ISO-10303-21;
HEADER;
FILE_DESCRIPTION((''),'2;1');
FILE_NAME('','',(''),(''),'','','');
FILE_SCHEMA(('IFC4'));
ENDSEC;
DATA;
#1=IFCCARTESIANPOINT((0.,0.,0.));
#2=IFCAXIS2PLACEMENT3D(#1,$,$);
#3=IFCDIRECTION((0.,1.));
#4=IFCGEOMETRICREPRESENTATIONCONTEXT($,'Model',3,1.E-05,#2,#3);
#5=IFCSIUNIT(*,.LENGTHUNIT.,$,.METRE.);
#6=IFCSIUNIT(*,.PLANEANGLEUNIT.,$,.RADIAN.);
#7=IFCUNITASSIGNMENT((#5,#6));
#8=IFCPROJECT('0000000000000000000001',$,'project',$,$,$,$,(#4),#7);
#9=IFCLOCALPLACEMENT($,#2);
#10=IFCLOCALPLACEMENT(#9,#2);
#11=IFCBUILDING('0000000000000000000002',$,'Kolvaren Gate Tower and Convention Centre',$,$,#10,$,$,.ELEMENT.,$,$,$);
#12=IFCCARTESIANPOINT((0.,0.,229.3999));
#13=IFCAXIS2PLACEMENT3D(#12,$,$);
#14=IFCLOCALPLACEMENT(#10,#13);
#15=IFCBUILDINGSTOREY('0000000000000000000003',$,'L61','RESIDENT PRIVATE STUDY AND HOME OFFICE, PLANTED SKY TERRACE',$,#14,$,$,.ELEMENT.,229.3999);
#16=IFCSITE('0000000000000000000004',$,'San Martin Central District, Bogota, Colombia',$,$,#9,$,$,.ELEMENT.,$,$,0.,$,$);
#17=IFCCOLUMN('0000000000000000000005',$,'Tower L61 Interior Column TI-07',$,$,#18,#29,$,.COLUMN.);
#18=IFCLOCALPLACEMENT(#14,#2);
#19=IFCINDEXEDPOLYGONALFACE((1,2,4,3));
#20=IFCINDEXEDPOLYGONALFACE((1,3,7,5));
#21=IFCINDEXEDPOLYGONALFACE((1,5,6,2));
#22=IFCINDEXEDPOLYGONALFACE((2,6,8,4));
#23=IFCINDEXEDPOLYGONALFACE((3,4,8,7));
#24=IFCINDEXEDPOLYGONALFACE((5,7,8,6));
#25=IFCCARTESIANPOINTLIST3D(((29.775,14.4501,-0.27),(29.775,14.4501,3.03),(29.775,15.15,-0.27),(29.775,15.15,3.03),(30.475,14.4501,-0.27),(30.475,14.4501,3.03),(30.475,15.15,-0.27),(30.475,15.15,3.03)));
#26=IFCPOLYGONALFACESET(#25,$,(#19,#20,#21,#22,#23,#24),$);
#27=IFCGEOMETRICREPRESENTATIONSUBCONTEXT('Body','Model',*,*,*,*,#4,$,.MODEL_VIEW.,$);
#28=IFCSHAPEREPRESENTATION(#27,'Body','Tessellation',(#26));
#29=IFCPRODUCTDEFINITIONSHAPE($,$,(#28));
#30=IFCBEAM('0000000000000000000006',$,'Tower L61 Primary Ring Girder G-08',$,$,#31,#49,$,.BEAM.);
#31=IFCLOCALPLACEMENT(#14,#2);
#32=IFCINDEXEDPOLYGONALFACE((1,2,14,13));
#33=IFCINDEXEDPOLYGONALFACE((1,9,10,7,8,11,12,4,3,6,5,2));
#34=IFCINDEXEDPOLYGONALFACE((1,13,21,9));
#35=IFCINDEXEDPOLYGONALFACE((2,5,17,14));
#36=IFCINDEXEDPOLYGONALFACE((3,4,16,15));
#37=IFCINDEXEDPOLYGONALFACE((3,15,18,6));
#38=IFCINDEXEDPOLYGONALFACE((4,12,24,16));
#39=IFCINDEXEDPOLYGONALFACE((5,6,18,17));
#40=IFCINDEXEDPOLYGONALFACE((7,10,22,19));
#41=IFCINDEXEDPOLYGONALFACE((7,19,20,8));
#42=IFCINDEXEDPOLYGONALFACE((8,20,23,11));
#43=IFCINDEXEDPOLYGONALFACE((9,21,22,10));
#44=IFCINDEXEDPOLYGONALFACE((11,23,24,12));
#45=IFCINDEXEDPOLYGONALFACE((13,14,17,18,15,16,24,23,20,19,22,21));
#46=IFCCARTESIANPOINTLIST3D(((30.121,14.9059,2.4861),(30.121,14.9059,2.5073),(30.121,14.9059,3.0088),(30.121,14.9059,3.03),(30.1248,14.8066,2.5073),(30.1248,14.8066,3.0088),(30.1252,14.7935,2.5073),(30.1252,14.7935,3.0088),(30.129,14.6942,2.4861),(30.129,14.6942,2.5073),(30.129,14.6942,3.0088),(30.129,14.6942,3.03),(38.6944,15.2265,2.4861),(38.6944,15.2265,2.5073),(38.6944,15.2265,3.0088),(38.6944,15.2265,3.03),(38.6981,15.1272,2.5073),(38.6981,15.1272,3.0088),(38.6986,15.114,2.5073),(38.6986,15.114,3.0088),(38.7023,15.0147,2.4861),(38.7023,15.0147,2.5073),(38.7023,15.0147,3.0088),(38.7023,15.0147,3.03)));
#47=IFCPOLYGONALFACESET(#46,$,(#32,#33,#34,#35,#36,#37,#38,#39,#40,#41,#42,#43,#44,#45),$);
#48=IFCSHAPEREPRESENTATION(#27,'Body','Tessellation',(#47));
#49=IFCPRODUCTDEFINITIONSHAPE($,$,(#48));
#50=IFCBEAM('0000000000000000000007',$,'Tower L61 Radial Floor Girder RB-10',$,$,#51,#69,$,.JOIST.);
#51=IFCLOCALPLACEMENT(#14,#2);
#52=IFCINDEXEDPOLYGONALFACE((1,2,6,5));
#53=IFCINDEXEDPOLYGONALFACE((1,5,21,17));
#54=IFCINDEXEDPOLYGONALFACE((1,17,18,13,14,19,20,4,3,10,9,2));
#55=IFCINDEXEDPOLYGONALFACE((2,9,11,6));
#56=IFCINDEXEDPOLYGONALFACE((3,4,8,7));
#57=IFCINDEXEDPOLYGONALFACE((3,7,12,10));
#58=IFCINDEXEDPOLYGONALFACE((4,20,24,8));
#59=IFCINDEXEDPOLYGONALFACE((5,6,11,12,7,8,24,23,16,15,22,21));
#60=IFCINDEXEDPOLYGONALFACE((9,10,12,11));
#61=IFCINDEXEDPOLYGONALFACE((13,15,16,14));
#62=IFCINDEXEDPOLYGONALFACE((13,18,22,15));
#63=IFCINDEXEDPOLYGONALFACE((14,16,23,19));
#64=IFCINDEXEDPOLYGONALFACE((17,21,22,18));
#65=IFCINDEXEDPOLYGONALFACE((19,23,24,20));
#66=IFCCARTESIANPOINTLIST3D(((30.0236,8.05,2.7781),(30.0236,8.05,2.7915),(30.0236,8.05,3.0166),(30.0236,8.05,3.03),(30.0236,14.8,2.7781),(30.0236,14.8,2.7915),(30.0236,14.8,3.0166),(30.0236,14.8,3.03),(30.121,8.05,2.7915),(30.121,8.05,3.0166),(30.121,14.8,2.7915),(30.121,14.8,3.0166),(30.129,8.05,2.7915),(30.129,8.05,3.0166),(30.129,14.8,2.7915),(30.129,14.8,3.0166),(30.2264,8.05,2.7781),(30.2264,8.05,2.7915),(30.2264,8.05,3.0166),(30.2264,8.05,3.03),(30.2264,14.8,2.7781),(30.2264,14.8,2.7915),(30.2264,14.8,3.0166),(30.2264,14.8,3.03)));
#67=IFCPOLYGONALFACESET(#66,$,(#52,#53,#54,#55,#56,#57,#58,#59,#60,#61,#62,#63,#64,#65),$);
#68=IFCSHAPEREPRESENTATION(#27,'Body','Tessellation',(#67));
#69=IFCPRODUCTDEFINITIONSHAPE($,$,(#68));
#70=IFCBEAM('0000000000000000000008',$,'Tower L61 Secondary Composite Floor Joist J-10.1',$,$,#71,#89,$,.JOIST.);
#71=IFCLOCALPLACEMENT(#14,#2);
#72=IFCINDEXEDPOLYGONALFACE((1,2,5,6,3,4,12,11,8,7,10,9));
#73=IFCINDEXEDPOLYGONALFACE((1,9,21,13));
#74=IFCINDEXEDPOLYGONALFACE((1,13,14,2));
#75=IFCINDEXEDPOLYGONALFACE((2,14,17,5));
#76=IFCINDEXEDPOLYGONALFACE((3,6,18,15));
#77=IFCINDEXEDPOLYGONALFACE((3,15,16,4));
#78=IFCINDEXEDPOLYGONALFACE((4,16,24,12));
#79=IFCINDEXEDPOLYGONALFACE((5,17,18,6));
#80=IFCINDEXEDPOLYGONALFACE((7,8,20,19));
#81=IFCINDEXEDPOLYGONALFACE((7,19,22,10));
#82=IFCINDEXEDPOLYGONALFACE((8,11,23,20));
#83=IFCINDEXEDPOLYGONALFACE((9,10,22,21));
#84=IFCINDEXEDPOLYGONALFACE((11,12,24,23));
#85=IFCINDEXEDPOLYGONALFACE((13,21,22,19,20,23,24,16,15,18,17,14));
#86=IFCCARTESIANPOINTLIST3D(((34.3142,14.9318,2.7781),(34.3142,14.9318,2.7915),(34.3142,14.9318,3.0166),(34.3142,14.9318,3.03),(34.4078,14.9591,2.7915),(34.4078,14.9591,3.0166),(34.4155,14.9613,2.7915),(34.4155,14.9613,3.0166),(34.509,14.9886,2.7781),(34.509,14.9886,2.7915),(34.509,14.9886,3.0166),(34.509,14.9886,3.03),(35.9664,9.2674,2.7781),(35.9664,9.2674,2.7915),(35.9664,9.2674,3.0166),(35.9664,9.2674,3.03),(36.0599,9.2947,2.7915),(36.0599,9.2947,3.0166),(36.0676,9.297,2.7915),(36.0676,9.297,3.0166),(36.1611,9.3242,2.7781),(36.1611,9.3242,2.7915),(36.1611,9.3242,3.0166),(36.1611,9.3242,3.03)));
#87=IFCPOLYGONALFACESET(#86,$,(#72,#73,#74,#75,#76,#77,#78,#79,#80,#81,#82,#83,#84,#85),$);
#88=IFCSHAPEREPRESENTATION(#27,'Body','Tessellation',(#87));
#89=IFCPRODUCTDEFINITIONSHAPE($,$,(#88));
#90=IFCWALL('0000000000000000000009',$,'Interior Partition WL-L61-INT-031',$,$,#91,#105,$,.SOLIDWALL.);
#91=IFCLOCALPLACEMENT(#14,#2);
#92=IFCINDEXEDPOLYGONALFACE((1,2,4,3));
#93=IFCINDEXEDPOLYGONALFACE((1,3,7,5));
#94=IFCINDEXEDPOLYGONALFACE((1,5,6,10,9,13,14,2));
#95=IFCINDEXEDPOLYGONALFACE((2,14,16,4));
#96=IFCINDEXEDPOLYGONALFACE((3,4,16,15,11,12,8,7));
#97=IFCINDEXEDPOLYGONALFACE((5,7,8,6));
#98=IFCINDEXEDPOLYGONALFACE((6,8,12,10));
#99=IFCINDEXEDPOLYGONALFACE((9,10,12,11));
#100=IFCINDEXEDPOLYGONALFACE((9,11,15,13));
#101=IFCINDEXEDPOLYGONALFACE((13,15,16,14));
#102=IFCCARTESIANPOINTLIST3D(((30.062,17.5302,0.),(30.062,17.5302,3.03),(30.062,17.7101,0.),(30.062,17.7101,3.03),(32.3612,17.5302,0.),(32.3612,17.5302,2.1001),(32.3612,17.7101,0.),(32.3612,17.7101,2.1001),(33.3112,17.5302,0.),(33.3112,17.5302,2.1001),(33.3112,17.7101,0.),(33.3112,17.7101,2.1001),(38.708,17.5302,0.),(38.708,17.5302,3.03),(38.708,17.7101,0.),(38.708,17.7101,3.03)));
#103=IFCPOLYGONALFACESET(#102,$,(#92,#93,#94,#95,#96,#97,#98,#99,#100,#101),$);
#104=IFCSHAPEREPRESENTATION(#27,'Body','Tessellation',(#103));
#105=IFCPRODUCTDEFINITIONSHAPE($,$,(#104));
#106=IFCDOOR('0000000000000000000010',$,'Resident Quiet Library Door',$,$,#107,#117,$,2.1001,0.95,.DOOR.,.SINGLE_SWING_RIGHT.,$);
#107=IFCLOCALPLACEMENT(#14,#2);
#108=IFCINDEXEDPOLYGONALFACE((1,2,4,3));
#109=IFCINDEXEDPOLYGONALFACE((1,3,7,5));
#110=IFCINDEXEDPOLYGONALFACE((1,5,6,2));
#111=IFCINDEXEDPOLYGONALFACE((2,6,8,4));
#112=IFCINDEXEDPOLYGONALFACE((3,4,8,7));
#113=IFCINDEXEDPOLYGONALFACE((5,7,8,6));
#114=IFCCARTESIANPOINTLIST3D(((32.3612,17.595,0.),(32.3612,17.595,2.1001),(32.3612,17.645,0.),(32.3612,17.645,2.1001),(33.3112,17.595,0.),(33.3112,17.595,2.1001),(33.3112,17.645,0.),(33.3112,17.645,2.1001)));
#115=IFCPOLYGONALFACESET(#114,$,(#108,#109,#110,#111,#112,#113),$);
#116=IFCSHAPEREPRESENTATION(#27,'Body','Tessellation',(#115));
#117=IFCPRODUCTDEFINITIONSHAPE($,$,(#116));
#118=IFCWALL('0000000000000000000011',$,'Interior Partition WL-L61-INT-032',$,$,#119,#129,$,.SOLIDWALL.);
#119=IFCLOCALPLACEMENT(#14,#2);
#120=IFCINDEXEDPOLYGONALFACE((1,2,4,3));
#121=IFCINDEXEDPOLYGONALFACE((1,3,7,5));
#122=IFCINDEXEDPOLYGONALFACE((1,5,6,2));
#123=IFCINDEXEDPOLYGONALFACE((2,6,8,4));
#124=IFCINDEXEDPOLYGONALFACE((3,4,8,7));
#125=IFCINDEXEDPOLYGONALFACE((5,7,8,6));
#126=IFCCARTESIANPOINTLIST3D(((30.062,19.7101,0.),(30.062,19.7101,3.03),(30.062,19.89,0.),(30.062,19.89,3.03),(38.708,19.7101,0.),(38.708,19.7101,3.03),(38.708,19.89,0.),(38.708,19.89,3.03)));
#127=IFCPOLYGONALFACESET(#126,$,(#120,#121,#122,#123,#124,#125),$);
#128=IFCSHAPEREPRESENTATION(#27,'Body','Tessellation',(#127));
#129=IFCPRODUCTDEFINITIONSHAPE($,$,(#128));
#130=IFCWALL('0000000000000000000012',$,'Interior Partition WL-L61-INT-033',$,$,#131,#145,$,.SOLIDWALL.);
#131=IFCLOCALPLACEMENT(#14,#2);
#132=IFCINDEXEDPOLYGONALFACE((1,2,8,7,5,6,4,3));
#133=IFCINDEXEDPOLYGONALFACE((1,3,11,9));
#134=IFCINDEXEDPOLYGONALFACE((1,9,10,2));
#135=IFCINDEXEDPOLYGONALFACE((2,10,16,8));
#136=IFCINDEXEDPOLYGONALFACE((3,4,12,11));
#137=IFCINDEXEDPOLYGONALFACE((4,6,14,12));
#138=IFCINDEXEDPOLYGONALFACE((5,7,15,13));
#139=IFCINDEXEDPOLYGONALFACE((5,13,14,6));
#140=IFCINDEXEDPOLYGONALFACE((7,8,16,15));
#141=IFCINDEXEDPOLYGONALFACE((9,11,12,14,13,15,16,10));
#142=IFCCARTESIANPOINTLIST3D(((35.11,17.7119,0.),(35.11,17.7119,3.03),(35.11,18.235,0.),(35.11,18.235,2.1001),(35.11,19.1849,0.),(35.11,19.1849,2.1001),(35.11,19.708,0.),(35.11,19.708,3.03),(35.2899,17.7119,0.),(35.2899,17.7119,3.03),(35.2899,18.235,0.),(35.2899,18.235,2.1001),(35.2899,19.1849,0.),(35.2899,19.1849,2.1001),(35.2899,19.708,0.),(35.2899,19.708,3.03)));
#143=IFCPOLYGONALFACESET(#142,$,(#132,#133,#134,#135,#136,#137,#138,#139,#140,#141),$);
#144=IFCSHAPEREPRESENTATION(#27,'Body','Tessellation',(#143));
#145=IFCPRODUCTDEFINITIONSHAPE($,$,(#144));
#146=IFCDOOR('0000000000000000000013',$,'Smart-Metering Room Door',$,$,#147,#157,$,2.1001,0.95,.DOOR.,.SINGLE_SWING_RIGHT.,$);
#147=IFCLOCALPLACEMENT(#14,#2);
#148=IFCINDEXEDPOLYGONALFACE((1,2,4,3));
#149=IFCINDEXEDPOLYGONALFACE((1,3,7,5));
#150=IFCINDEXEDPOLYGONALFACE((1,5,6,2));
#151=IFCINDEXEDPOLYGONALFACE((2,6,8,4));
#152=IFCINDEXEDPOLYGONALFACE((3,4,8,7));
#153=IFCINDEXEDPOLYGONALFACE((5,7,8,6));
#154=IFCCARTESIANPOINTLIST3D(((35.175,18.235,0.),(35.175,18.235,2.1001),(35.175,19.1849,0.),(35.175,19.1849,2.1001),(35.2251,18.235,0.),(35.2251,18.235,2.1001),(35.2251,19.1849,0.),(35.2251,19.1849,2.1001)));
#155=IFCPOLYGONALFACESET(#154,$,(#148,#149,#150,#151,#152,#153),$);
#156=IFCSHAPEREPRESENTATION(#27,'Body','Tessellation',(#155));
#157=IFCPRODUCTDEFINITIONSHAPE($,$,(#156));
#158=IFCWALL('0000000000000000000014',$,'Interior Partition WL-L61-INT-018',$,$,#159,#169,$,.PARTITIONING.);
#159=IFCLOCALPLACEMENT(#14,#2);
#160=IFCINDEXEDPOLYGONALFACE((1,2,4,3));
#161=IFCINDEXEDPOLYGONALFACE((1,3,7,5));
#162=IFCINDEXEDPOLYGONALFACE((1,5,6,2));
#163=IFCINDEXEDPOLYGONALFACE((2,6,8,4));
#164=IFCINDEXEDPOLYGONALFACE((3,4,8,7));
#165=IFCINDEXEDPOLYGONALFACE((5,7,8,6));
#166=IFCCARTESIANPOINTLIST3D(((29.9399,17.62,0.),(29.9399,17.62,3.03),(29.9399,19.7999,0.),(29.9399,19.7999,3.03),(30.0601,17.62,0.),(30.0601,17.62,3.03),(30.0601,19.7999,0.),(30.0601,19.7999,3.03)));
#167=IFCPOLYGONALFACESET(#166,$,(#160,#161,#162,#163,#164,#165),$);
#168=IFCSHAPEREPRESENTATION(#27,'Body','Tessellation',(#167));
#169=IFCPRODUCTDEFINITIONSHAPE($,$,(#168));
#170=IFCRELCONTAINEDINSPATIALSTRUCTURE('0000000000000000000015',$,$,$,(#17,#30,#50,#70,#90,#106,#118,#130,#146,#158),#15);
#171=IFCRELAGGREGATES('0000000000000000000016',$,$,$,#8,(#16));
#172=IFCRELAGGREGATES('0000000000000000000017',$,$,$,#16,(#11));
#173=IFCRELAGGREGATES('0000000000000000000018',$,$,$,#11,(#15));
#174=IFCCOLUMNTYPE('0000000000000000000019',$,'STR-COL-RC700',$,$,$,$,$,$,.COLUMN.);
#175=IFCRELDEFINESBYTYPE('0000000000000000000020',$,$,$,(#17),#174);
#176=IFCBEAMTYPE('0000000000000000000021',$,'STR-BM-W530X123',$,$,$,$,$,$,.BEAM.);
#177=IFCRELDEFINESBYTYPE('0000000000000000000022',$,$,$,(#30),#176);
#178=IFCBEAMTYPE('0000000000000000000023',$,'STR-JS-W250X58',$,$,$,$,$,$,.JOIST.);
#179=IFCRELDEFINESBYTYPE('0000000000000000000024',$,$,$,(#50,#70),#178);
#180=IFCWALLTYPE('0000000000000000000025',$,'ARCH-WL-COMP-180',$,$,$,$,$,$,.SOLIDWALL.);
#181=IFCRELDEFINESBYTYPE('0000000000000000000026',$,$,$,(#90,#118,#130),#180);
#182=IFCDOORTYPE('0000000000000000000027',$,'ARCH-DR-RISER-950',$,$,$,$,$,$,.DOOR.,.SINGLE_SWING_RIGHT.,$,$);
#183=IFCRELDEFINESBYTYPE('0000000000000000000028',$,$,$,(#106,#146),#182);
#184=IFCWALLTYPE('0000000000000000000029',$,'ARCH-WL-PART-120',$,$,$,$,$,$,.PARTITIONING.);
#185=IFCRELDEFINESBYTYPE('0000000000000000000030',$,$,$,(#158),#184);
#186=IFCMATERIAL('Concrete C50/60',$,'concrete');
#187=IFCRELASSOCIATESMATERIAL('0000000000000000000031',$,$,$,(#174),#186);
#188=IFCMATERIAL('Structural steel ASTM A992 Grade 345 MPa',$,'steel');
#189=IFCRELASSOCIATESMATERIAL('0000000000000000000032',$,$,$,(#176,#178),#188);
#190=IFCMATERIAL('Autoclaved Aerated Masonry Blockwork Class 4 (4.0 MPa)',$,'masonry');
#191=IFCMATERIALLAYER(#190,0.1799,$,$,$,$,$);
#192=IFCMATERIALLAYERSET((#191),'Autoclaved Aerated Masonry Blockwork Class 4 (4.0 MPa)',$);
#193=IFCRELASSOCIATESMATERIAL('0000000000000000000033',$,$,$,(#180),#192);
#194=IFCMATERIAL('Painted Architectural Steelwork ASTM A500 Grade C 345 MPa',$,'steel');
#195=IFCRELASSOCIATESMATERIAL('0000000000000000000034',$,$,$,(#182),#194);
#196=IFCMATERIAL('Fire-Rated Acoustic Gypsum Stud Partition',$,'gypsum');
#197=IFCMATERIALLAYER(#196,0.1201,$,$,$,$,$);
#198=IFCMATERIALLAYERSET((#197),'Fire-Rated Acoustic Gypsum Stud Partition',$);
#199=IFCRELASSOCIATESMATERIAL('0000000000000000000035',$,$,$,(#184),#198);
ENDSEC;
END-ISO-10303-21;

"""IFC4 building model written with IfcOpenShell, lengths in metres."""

from ifc_helpers import new_model, si_unit, direction, frame, frame_2d, origin, origin_2d, place, context, subcontext, project, spatial, rectangle, i_section, extrude, material, layer, layer_set, material_profile, profile_set, type_object, element, fill, save


model = new_model("IFC4")

# Units and contexts
model_context = context("Model", 3, precision=1e-05, world=origin(), true_north=direction((0.0, 1.0)))
body_context = subcontext(model_context, "Body", "Model", "MODEL_VIEW")
ifc_project = project(units=[si_unit("LENGTHUNIT", "METRE"), si_unit("PLANEANGLEUNIT", "RADIAN")], contexts=[model_context])

# Site, building, storey
site_placement = place(None, origin())
site = spatial("IfcSite", under=ifc_project, at=site_placement, Name="San Martin Central District, Bogota, Colombia", CompositionType="ELEMENT", RefElevation=0.0)
building_placement = place(site_placement, origin())
building = spatial("IfcBuilding", under=site, at=building_placement, Name="Kolvaren Gate Tower and Convention Centre", CompositionType="ELEMENT")
storey_placement = place(building_placement, frame((0.0, 0.0, 229.3999)))
storey = spatial("IfcBuildingStorey", under=building, at=storey_placement, Name="L61", Description="RESIDENT PRIVATE STUDY AND HOME OFFICE, PLANTED SKY TERRACE", CompositionType="ELEMENT", Elevation=229.3999)

# Column
ifc_material_1 = material(Name="Concrete C50/60", Category="concrete")
ifc_material_profile_1 = material_profile(ifc_material_1, rectangle(XDim=0.7, YDim=0.7, at=origin_2d()), Name="RC-COL-700X700")
ifc_profile_set_1 = profile_set([ifc_material_profile_1], Name="Concrete C50/60")
column_type = type_object("IfcColumnType", Name="STR-COL-RC700", PredefinedType="COLUMN", material=ifc_profile_set_1)
column_placement = place(storey_placement, frame((30.125, 14.8, -0.27), z_axis=(0.0, 0.0, 1.0), x_axis=(1.0, 0.0, 0.0)))
element("IfcColumn", 1, at=column_placement, inside=storey, type_object=column_type, Name="Tower L61 Interior Column TI-07", PredefinedType="COLUMN", context=body_context, shape_type="SweptSolid", body=[
    extrude(rectangle(XDim=0.7, YDim=0.7, at=origin_2d()), origin(), (0.0, 0.0, 1.0), 3.3),
])

# Beams
ifc_material_2 = material(Name="Structural steel ASTM A992 Grade 345 MPa", Category="steel")
ifc_material_profile_2 = material_profile(ifc_material_2, i_section(OverallWidth=0.2119, OverallDepth=0.5439, WebThickness=0.0132, FlangeThickness=0.0212, at=origin_2d()), Name="W530X123")
ifc_profile_set_2 = profile_set([ifc_material_profile_2], Name="Structural steel ASTM A992 Grade 345 MPa")
beam_type_1 = type_object("IfcBeamType", Name="STR-BM-W530X123", PredefinedType="BEAM", material=ifc_profile_set_2)
beam_1_placement = place(storey_placement, frame((30.125, 14.8, 2.7581), z_axis=(0.999302, 0.037364, 0.0), x_axis=(-0.037364, 0.999302, 0.0)))
element("IfcBeam", 2, at=beam_1_placement, inside=storey, type_object=beam_type_1, Name="Tower L61 Primary Ring Girder G-08", PredefinedType="BEAM", context=body_context, shape_type="SweptSolid", body=[
    extrude(i_section(OverallWidth=0.2119, OverallDepth=0.5439, WebThickness=0.0132, FlangeThickness=0.0212, at=origin_2d()), origin(), (0.0, 0.0, 1.0), 8.5793),
])
ifc_material_profile_3 = material_profile(ifc_material_2, i_section(OverallWidth=0.2029, OverallDepth=0.252, WebThickness=0.0081, FlangeThickness=0.0134, at=origin_2d()), Name="W250X58")
ifc_profile_set_3 = profile_set([ifc_material_profile_3], Name="Structural steel ASTM A992 Grade 345 MPa")
beam_type_2 = type_object("IfcBeamType", Name="STR-JS-W250X58", PredefinedType="JOIST", material=ifc_profile_set_3)
beam_2_placement = place(storey_placement, frame((30.125, 14.8, 2.9041), z_axis=(0.0, -1.0, 0.0), x_axis=(1.0, 0.0, 0.0)))
element("IfcBeam", 3, at=beam_2_placement, inside=storey, type_object=beam_type_2, Name="Tower L61 Radial Floor Girder RB-10", PredefinedType="JOIST", context=body_context, shape_type="SweptSolid", body=[
    extrude(i_section(OverallWidth=0.2029, OverallDepth=0.252, WebThickness=0.0081, FlangeThickness=0.0134, at=origin_2d()), origin(), (0.0, 0.0, 1.0), 6.75),
])
beam_3_placement = place(storey_placement, frame((34.4116, 14.9602, 2.9041), z_axis=(0.280002, -0.96, 0.0), x_axis=(0.96, 0.280002, 0.0)))
element("IfcBeam", 4, at=beam_3_placement, inside=storey, type_object=beam_type_2, Name="Tower L61 Secondary Composite Floor Joist J-10.1", PredefinedType="JOIST", context=body_context, shape_type="SweptSolid", body=[
    extrude(i_section(OverallWidth=0.2029, OverallDepth=0.252, WebThickness=0.0081, FlangeThickness=0.0134, at=origin_2d()), origin(), (0.0, 0.0, 1.0), 5.9004),
])

# Wall, opening, door
ifc_material_3 = material(Name="Autoclaved Aerated Masonry Blockwork Class 4 (4.0 MPa)", Category="masonry")
ifc_layer_1 = layer(ifc_material_3, 0.1799)
ifc_layer_set_1 = layer_set([ifc_layer_1], Name="Autoclaved Aerated Masonry Blockwork Class 4 (4.0 MPa)")
wall_type_1 = type_object("IfcWallType", Name="ARCH-WL-COMP-180", PredefinedType="SOLIDWALL", material=ifc_layer_set_1)
wall_1_placement = place(storey_placement, frame((30.062, 17.6201, 0.0), z_axis=(0.0, 0.0, 1.0), x_axis=(1.0, 0.0, 0.0)))
wall_1 = element("IfcWall", 5, at=wall_1_placement, inside=storey, type_object=wall_type_1, Name="Interior Partition WL-L61-INT-031", PredefinedType="SOLIDWALL", context=body_context, shape_type="SweptSolid", body=[
    extrude(rectangle(XDim=8.646, YDim=0.1799, at=frame_2d((4.323, 0.0))), origin(), (0.0, 0.0, 1.0), 3.03),
])
opening_1_placement = place(wall_1_placement, frame((2.2991, 0.0, 0.0)))
opening_1 = element("IfcOpeningElement", 6, at=opening_1_placement, cuts=wall_1, PredefinedType="OPENING", context=body_context, shape_type="SweptSolid", body=[
    extrude(rectangle(XDim=0.95, YDim=2.1001, at=frame_2d((0.4751, 1.05))), frame((0.0, 0.0999, 0.0), z_axis=(0.0, -1.0, 0.0), x_axis=(1.0, 0.0, 0.0)), (0.0, 0.0, 1.0), 0.2),
])
ifc_material_4 = material(Name="Painted Architectural Steelwork ASTM A500 Grade C 345 MPa", Category="steel")
door_type_1 = type_object("IfcDoorType", Name="ARCH-DR-RISER-950", OperationType="SINGLE_SWING_RIGHT", PredefinedType="DOOR", material=ifc_material_4)
door_1_placement = place(opening_1_placement, origin())
door_1 = element("IfcDoor", 7, at=door_1_placement, inside=storey, type_object=door_type_1, Name="Resident Quiet Library Door", OperationType="SINGLE_SWING_RIGHT", OverallHeight=2.1001, OverallWidth=0.95, PredefinedType="DOOR", context=body_context, shape_type="SweptSolid", body=[
    extrude(rectangle(XDim=0.95, YDim=2.1001, at=frame_2d((0.4751, 1.05))), frame((0.0, 0.0249, 0.0), z_axis=(0.0, -1.0, 0.0), x_axis=(1.0, 0.0, 0.0)), (0.0, 0.0, 1.0), 0.05),
])
fill(opening_1, door_1)

# Wall
wall_2_placement = place(storey_placement, frame((30.062, 19.8, 0.0), z_axis=(0.0, 0.0, 1.0), x_axis=(1.0, 0.0, 0.0)))
element("IfcWall", 8, at=wall_2_placement, inside=storey, type_object=wall_type_1, Name="Interior Partition WL-L61-INT-032", PredefinedType="SOLIDWALL", context=body_context, shape_type="SweptSolid", body=[
    extrude(rectangle(XDim=8.646, YDim=0.1799, at=frame_2d((4.323, 0.0))), origin(), (0.0, 0.0, 1.0), 3.03),
])

# Wall, opening, door
wall_3_placement = place(storey_placement, frame((35.2, 17.7119, 0.0), z_axis=(0.0, 0.0, 1.0), x_axis=(0.0, 1.0, 0.0)))
wall_3 = element("IfcWall", 9, at=wall_3_placement, inside=storey, type_object=wall_type_1, Name="Interior Partition WL-L61-INT-033", PredefinedType="SOLIDWALL", context=body_context, shape_type="SweptSolid", body=[
    extrude(rectangle(XDim=1.9961, YDim=0.1799, at=frame_2d((0.998, 0.0))), origin(), (0.0, 0.0, 1.0), 3.03),
])
opening_2_placement = place(wall_3_placement, frame((0.5229, 0.0, 0.0)))
opening_2 = element("IfcOpeningElement", 10, at=opening_2_placement, cuts=wall_3, PredefinedType="OPENING", context=body_context, shape_type="SweptSolid", body=[
    extrude(rectangle(XDim=0.95, YDim=2.1001, at=frame_2d((0.4751, 1.05))), frame((0.0, 0.0999, 0.0), z_axis=(0.0, -1.0, 0.0), x_axis=(1.0, 0.0, 0.0)), (0.0, 0.0, 1.0), 0.2),
])
door_2_placement = place(opening_2_placement, origin())
door_2 = element("IfcDoor", 11, at=door_2_placement, inside=storey, type_object=door_type_1, Name="Smart-Metering Room Door", OperationType="SINGLE_SWING_RIGHT", OverallHeight=2.1001, OverallWidth=0.95, PredefinedType="DOOR", context=body_context, shape_type="SweptSolid", body=[
    extrude(rectangle(XDim=0.95, YDim=2.1001, at=frame_2d((0.4751, 1.05))), frame((0.0, 0.0249, 0.0), z_axis=(0.0, -1.0, 0.0), x_axis=(1.0, 0.0, 0.0)), (0.0, 0.0, 1.0), 0.05),
])
fill(opening_2, door_2)

# Wall
ifc_material_5 = material(Name="Fire-Rated Acoustic Gypsum Stud Partition", Category="gypsum")
ifc_layer_2 = layer(ifc_material_5, 0.1201)
ifc_layer_set_2 = layer_set([ifc_layer_2], Name="Fire-Rated Acoustic Gypsum Stud Partition")
wall_type_2 = type_object("IfcWallType", Name="ARCH-WL-PART-120", PredefinedType="PARTITIONING", material=ifc_layer_set_2)
wall_4_placement = place(storey_placement, frame((30.0, 17.6201, 0.0), z_axis=(0.0, 0.0, 1.0), x_axis=(0.0, 1.0, 0.0)))
element("IfcWall", 12, at=wall_4_placement, inside=storey, type_object=wall_type_2, Name="Interior Partition WL-L61-INT-018", PredefinedType="PARTITIONING", context=body_context, shape_type="SweptSolid", body=[
    extrude(rectangle(XDim=2.1799, YDim=0.1201, at=frame_2d((1.0898, 0.0))), origin(), (0.0, 0.0, 1.0), 3.03),
])

save(model, "model.ifc")
